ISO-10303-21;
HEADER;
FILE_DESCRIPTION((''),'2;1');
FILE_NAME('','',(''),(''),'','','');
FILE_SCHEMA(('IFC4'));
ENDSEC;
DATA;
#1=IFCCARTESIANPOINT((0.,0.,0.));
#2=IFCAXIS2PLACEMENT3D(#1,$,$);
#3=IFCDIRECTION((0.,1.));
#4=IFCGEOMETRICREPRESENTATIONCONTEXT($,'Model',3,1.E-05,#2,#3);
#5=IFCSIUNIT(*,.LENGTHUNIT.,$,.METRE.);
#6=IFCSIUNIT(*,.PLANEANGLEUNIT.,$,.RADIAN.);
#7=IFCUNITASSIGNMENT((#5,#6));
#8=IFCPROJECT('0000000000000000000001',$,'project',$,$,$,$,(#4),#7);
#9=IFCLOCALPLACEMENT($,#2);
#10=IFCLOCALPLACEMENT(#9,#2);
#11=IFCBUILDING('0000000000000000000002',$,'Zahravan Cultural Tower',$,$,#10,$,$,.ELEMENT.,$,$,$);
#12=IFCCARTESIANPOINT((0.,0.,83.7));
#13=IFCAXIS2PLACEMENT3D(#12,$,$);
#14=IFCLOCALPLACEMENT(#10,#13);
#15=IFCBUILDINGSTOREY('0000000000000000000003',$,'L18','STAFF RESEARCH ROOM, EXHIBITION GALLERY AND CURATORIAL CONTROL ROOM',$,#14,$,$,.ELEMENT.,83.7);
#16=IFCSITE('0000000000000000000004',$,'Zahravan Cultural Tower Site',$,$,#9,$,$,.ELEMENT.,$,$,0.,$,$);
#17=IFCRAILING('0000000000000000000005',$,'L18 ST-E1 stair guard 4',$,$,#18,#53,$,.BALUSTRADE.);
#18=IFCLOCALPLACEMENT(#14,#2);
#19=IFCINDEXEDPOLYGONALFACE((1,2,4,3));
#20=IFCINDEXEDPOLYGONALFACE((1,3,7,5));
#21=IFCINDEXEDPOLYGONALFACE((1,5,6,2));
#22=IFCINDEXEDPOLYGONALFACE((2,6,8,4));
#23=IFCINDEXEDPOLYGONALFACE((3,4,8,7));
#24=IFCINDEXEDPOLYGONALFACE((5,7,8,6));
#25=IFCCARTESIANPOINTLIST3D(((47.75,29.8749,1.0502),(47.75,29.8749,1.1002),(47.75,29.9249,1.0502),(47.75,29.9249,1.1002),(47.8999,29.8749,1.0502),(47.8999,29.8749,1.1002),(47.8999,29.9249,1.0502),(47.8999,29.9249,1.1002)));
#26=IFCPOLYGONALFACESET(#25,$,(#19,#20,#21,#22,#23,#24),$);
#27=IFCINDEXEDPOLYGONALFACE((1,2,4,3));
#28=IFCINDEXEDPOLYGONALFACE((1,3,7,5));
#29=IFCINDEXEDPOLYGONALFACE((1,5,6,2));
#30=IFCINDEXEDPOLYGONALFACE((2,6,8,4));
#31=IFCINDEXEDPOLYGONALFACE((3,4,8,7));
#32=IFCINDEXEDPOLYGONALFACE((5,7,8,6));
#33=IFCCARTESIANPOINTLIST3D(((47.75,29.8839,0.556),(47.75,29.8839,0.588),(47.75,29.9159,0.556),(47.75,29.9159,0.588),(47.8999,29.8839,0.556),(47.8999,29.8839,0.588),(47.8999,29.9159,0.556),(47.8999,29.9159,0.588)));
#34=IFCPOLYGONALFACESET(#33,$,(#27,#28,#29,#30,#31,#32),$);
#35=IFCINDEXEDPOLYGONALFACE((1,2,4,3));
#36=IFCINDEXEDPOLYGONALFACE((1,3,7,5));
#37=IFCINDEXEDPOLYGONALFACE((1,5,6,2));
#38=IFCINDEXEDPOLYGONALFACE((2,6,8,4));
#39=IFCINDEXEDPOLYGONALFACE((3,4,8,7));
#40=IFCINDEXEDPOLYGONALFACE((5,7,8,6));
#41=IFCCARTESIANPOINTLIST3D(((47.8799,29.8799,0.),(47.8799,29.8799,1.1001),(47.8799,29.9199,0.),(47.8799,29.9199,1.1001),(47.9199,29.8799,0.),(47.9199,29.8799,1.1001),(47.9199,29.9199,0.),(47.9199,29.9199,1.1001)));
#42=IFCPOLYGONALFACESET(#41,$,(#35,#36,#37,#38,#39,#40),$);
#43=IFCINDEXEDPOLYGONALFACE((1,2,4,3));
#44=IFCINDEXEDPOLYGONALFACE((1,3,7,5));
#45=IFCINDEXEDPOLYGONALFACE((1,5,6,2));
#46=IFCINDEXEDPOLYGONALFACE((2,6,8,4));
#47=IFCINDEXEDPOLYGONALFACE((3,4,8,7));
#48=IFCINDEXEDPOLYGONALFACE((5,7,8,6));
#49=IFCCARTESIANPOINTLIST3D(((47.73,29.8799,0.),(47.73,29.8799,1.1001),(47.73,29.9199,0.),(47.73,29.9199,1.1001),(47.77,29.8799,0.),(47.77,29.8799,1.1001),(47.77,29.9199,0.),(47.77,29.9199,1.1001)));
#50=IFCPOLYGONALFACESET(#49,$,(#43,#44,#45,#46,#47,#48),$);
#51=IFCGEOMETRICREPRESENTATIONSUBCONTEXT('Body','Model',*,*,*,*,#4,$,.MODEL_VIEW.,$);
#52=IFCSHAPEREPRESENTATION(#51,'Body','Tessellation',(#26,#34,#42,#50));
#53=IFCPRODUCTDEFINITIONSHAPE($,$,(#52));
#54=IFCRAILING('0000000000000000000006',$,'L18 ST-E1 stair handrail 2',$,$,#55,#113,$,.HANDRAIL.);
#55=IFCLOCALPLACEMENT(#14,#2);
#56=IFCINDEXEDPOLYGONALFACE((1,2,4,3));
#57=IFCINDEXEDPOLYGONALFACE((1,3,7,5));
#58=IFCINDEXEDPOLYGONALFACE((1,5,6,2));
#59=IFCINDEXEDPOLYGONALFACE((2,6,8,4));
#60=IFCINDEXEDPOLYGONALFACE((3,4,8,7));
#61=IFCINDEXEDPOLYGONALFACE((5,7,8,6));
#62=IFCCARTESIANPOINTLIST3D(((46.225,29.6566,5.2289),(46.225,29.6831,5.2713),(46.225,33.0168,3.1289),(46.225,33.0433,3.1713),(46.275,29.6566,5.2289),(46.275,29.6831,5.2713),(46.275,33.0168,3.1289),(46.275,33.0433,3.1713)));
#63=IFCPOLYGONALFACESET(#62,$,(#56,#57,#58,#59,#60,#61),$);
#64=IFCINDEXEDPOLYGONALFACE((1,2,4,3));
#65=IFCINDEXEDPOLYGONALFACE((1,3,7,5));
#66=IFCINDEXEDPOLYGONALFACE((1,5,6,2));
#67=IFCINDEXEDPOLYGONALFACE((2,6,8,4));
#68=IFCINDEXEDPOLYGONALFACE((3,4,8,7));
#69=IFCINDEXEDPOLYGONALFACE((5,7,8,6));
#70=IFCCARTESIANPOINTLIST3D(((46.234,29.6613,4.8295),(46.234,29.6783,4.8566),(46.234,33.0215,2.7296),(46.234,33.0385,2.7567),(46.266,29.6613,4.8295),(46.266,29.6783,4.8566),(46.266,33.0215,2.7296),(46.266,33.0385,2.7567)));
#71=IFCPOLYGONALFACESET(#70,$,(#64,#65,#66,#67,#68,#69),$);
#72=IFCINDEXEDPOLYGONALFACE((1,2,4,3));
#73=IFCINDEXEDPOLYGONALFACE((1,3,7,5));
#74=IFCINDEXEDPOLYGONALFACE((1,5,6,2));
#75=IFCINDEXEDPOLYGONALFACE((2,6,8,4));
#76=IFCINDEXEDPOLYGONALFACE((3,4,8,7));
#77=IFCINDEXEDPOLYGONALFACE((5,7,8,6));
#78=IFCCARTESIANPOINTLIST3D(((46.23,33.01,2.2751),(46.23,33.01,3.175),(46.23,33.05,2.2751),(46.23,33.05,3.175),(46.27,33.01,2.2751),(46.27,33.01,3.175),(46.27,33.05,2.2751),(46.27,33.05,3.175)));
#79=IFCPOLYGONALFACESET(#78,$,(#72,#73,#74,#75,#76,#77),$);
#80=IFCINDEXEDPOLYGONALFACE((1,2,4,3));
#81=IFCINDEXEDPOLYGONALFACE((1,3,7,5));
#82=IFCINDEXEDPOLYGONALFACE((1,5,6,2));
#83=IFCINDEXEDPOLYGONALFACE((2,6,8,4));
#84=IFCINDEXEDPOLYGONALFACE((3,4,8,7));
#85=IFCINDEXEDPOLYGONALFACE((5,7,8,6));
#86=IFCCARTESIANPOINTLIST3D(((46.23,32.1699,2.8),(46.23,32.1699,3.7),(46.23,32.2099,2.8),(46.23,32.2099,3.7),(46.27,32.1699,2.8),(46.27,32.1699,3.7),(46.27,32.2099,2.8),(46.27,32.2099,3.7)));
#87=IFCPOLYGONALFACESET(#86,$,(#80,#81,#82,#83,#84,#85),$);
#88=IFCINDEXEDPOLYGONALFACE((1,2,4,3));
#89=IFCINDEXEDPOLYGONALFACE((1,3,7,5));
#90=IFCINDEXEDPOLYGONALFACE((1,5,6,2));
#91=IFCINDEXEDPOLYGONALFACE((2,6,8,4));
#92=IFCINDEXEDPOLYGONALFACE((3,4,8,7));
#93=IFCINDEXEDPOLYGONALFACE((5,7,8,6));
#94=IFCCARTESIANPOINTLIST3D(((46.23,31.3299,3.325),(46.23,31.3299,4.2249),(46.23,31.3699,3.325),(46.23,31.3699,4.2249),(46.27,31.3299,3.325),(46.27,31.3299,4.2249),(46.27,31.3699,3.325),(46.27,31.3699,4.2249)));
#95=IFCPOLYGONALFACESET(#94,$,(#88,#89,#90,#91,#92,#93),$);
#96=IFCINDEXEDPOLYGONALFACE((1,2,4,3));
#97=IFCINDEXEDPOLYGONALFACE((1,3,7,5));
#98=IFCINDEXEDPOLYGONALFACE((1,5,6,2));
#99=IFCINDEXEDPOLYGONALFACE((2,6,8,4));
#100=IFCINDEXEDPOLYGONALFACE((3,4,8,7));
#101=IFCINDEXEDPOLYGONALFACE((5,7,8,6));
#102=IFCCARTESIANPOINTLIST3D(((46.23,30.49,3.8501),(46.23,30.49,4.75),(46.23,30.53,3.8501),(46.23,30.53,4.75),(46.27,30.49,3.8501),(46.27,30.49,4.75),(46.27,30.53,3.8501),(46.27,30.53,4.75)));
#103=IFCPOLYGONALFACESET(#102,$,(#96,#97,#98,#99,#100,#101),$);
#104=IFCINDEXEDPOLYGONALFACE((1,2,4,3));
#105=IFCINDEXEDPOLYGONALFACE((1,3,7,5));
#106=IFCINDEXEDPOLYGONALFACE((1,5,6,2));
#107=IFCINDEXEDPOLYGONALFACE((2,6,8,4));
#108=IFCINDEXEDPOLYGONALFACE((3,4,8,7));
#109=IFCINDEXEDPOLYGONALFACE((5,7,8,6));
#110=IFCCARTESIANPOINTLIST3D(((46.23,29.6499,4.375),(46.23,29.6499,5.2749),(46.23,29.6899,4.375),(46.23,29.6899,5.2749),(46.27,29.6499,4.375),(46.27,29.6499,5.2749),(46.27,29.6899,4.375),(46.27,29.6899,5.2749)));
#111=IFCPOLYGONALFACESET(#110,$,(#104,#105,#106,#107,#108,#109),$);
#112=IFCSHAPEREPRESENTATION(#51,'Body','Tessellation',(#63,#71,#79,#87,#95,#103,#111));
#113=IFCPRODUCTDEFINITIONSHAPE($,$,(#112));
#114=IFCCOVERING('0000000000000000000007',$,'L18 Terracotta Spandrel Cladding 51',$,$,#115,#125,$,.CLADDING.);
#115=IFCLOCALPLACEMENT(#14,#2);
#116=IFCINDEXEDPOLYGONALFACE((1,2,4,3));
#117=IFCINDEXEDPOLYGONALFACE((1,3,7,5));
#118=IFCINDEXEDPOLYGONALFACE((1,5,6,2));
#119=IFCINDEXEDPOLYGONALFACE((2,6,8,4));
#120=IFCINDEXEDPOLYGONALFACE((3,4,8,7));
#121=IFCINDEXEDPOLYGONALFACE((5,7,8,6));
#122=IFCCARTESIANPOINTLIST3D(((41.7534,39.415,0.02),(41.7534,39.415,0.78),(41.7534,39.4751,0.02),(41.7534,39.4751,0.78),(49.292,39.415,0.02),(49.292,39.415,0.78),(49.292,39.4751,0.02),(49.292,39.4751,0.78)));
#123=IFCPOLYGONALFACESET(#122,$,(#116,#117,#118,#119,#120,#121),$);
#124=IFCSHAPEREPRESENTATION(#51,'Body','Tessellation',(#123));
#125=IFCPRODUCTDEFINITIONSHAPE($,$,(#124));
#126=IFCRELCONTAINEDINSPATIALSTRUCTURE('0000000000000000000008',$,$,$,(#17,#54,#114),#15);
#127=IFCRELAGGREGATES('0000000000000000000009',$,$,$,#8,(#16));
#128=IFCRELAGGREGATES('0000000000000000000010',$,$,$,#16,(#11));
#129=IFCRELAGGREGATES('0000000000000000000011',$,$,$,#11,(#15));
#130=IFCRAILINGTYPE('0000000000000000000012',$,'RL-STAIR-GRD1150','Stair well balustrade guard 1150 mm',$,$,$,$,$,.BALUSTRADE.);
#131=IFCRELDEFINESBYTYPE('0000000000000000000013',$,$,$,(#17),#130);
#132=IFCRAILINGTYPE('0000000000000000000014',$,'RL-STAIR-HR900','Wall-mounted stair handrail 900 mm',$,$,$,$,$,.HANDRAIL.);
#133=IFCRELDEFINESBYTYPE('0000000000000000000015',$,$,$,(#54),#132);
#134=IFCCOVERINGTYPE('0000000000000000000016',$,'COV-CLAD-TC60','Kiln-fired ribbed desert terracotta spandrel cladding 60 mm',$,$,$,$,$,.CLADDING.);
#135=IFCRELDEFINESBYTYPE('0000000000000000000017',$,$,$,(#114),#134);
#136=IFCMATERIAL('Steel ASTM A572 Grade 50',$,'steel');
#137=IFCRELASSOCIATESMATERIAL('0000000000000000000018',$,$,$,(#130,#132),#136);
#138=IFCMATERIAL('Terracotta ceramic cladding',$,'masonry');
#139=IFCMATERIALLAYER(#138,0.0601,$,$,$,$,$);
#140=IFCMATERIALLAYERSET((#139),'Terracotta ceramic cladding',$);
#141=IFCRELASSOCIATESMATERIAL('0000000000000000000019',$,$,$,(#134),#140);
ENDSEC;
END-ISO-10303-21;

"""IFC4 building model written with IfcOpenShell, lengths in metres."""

from ifc_helpers import new_model, si_unit, direction, frame, origin, origin_2d, place, context, subcontext, project, spatial, rectangle, extrude, source, transform, mapped, material, layer, layer_set, type_object, element, save


model = new_model("IFC4")

# Units and contexts
model_context = context("Model", 3, precision=1e-05, world=origin(), true_north=direction((0.0, 1.0)))
body_context = subcontext(model_context, "Body", "Model", "MODEL_VIEW")
ifc_project = project(units=[si_unit("LENGTHUNIT", "METRE"), si_unit("PLANEANGLEUNIT", "RADIAN")], contexts=[model_context])

# Site, building, storey
site_placement = place(None, origin())
site = spatial("IfcSite", under=ifc_project, at=site_placement, Name="Zahravan Cultural Tower Site", CompositionType="ELEMENT", RefElevation=0.0)
building_placement = place(site_placement, origin())
building = spatial("IfcBuilding", under=site, at=building_placement, Name="Zahravan Cultural Tower", CompositionType="ELEMENT")
storey_placement = place(building_placement, frame((0.0, 0.0, 83.7)))
storey = spatial("IfcBuildingStorey", under=building, at=storey_placement, Name="L18", Description="STAFF RESEARCH ROOM, EXHIBITION GALLERY AND CURATORIAL CONTROL ROOM", CompositionType="ELEMENT", Elevation=83.7)

# Shared definitions
ifc_material_1 = material(Name="Steel ASTM A572 Grade 50", Category="steel")

# Railings
railing_type_1 = type_object("IfcRailingType", Name="RL-STAIR-GRD1150", Description="Stair well balustrade guard 1150 mm", PredefinedType="BALUSTRADE", material=ifc_material_1)
railing_1_placement = place(storey_placement, frame((47.8999, 29.8999, 0.0)))
element("IfcRailing", 1, at=railing_1_placement, inside=storey, type_object=railing_type_1, Name="L18 ST-E1 stair guard 4", PredefinedType="BALUSTRADE", context=body_context, shape_type="SweptSolid", body=[
    extrude(rectangle(XDim=0.05, YDim=0.05, at=origin_2d()), frame((0.0, 0.0, 1.0752), z_axis=(-1.0, 0.0, 0.0), x_axis=(0.0, -1.0, 0.0)), (0.0, 0.0, 1.0), 0.1499),
    extrude(rectangle(XDim=0.032, YDim=0.032, at=origin_2d()), frame((0.0, 0.0, 0.572), z_axis=(-1.0, 0.0, 0.0), x_axis=(0.0, -1.0, 0.0)), (0.0, 0.0, 1.0), 0.1499),
    extrude(rectangle(XDim=0.04, YDim=0.04, at=origin_2d()), origin(), (0.0, 0.0, 1.0), 1.1001),
    extrude(rectangle(XDim=0.04, YDim=0.04, at=origin_2d()), frame((-0.1499, 0.0, 0.0)), (0.0, 0.0, 1.0), 1.1001),
])
railing_type_2 = type_object("IfcRailingType", Name="RL-STAIR-HR900", Description="Wall-mounted stair handrail 900 mm", PredefinedType="HANDRAIL", material=ifc_material_1)
railing_2_placement = place(storey_placement, frame((46.25, 33.03, 2.2751)))
element("IfcRailing", 2, at=railing_2_placement, inside=storey, type_object=railing_type_2, Name="L18 ST-E1 stair handrail 2", PredefinedType="HANDRAIL", context=body_context, shape_type="SweptSolid", body=[
    extrude(rectangle(XDim=0.05, YDim=0.05, at=origin_2d()), frame((0.0, 0.0, 0.875), z_axis=(0.0, -0.848023, 0.52996), x_axis=(1.0, 0.0, 0.0)), (0.0, 0.0, 1.0), 3.9624),
    extrude(rectangle(XDim=0.032, YDim=0.032, at=origin_2d()), frame((0.0, 0.0, 0.468), z_axis=(0.0, -0.848023, 0.52996), x_axis=(1.0, 0.0, 0.0)), (0.0, 0.0, 1.0), 3.9624),
    extrude(rectangle(XDim=0.04, YDim=0.04, at=origin_2d()), origin(), (0.0, 0.0, 1.0), 0.8999),
    extrude(rectangle(XDim=0.04, YDim=0.04, at=origin_2d()), frame((0.0, -0.8401, 0.5249)), (0.0, 0.0, 1.0), 0.8999),
    extrude(rectangle(XDim=0.04, YDim=0.04, at=origin_2d()), frame((0.0, -1.6802, 1.0498)), (0.0, 0.0, 1.0), 0.8999),
    extrude(rectangle(XDim=0.04, YDim=0.04, at=origin_2d()), frame((0.0, -2.52, 1.575)), (0.0, 0.0, 1.0), 0.8999),
    extrude(rectangle(XDim=0.04, YDim=0.04, at=origin_2d()), frame((0.0, -3.3601, 2.0999)), (0.0, 0.0, 1.0), 0.8999),
])

# Covering
ifc_material_2 = material(Name="Terracotta ceramic cladding", Category="masonry")
ifc_layer_1 = layer(ifc_material_2, 0.0601)
ifc_layer_set_1 = layer_set([ifc_layer_1], Name="Terracotta ceramic cladding")
covering_type = type_object("IfcCoveringType", Name="COV-CLAD-TC60", Description="Kiln-fired ribbed desert terracotta spandrel cladding 60 mm", PredefinedType="CLADDING", material=ifc_layer_set_1)
shared_shape_1 = source(origin(), body_context, "Body", "SweptSolid", [
    extrude(rectangle(XDim=7.5386, YDim=0.0601, at=origin_2d()), origin(), (0.0, 0.0, 1.0), 0.76),
])
covering_placement = place(storey_placement, frame((45.5227, 39.4451, 0.02), z_axis=(0.0, 0.0, 1.0), x_axis=(1.0, 0.0, 0.0)))
element("IfcCovering", 3, at=covering_placement, inside=storey, type_object=covering_type, Name="L18 Terracotta Spandrel Cladding 51", PredefinedType="CLADDING", context=body_context, shape_type="MappedRepresentation", body=[
    mapped(shared_shape_1, transform((0.0, 0.0, 0.0), x_axis=(1.0, 0.0, 0.0), y_axis=(0.0, 1.0, 0.0), z_axis=(0.0, 0.0, 1.0), scale=1.0)),
])

save(model, "model.ifc")
